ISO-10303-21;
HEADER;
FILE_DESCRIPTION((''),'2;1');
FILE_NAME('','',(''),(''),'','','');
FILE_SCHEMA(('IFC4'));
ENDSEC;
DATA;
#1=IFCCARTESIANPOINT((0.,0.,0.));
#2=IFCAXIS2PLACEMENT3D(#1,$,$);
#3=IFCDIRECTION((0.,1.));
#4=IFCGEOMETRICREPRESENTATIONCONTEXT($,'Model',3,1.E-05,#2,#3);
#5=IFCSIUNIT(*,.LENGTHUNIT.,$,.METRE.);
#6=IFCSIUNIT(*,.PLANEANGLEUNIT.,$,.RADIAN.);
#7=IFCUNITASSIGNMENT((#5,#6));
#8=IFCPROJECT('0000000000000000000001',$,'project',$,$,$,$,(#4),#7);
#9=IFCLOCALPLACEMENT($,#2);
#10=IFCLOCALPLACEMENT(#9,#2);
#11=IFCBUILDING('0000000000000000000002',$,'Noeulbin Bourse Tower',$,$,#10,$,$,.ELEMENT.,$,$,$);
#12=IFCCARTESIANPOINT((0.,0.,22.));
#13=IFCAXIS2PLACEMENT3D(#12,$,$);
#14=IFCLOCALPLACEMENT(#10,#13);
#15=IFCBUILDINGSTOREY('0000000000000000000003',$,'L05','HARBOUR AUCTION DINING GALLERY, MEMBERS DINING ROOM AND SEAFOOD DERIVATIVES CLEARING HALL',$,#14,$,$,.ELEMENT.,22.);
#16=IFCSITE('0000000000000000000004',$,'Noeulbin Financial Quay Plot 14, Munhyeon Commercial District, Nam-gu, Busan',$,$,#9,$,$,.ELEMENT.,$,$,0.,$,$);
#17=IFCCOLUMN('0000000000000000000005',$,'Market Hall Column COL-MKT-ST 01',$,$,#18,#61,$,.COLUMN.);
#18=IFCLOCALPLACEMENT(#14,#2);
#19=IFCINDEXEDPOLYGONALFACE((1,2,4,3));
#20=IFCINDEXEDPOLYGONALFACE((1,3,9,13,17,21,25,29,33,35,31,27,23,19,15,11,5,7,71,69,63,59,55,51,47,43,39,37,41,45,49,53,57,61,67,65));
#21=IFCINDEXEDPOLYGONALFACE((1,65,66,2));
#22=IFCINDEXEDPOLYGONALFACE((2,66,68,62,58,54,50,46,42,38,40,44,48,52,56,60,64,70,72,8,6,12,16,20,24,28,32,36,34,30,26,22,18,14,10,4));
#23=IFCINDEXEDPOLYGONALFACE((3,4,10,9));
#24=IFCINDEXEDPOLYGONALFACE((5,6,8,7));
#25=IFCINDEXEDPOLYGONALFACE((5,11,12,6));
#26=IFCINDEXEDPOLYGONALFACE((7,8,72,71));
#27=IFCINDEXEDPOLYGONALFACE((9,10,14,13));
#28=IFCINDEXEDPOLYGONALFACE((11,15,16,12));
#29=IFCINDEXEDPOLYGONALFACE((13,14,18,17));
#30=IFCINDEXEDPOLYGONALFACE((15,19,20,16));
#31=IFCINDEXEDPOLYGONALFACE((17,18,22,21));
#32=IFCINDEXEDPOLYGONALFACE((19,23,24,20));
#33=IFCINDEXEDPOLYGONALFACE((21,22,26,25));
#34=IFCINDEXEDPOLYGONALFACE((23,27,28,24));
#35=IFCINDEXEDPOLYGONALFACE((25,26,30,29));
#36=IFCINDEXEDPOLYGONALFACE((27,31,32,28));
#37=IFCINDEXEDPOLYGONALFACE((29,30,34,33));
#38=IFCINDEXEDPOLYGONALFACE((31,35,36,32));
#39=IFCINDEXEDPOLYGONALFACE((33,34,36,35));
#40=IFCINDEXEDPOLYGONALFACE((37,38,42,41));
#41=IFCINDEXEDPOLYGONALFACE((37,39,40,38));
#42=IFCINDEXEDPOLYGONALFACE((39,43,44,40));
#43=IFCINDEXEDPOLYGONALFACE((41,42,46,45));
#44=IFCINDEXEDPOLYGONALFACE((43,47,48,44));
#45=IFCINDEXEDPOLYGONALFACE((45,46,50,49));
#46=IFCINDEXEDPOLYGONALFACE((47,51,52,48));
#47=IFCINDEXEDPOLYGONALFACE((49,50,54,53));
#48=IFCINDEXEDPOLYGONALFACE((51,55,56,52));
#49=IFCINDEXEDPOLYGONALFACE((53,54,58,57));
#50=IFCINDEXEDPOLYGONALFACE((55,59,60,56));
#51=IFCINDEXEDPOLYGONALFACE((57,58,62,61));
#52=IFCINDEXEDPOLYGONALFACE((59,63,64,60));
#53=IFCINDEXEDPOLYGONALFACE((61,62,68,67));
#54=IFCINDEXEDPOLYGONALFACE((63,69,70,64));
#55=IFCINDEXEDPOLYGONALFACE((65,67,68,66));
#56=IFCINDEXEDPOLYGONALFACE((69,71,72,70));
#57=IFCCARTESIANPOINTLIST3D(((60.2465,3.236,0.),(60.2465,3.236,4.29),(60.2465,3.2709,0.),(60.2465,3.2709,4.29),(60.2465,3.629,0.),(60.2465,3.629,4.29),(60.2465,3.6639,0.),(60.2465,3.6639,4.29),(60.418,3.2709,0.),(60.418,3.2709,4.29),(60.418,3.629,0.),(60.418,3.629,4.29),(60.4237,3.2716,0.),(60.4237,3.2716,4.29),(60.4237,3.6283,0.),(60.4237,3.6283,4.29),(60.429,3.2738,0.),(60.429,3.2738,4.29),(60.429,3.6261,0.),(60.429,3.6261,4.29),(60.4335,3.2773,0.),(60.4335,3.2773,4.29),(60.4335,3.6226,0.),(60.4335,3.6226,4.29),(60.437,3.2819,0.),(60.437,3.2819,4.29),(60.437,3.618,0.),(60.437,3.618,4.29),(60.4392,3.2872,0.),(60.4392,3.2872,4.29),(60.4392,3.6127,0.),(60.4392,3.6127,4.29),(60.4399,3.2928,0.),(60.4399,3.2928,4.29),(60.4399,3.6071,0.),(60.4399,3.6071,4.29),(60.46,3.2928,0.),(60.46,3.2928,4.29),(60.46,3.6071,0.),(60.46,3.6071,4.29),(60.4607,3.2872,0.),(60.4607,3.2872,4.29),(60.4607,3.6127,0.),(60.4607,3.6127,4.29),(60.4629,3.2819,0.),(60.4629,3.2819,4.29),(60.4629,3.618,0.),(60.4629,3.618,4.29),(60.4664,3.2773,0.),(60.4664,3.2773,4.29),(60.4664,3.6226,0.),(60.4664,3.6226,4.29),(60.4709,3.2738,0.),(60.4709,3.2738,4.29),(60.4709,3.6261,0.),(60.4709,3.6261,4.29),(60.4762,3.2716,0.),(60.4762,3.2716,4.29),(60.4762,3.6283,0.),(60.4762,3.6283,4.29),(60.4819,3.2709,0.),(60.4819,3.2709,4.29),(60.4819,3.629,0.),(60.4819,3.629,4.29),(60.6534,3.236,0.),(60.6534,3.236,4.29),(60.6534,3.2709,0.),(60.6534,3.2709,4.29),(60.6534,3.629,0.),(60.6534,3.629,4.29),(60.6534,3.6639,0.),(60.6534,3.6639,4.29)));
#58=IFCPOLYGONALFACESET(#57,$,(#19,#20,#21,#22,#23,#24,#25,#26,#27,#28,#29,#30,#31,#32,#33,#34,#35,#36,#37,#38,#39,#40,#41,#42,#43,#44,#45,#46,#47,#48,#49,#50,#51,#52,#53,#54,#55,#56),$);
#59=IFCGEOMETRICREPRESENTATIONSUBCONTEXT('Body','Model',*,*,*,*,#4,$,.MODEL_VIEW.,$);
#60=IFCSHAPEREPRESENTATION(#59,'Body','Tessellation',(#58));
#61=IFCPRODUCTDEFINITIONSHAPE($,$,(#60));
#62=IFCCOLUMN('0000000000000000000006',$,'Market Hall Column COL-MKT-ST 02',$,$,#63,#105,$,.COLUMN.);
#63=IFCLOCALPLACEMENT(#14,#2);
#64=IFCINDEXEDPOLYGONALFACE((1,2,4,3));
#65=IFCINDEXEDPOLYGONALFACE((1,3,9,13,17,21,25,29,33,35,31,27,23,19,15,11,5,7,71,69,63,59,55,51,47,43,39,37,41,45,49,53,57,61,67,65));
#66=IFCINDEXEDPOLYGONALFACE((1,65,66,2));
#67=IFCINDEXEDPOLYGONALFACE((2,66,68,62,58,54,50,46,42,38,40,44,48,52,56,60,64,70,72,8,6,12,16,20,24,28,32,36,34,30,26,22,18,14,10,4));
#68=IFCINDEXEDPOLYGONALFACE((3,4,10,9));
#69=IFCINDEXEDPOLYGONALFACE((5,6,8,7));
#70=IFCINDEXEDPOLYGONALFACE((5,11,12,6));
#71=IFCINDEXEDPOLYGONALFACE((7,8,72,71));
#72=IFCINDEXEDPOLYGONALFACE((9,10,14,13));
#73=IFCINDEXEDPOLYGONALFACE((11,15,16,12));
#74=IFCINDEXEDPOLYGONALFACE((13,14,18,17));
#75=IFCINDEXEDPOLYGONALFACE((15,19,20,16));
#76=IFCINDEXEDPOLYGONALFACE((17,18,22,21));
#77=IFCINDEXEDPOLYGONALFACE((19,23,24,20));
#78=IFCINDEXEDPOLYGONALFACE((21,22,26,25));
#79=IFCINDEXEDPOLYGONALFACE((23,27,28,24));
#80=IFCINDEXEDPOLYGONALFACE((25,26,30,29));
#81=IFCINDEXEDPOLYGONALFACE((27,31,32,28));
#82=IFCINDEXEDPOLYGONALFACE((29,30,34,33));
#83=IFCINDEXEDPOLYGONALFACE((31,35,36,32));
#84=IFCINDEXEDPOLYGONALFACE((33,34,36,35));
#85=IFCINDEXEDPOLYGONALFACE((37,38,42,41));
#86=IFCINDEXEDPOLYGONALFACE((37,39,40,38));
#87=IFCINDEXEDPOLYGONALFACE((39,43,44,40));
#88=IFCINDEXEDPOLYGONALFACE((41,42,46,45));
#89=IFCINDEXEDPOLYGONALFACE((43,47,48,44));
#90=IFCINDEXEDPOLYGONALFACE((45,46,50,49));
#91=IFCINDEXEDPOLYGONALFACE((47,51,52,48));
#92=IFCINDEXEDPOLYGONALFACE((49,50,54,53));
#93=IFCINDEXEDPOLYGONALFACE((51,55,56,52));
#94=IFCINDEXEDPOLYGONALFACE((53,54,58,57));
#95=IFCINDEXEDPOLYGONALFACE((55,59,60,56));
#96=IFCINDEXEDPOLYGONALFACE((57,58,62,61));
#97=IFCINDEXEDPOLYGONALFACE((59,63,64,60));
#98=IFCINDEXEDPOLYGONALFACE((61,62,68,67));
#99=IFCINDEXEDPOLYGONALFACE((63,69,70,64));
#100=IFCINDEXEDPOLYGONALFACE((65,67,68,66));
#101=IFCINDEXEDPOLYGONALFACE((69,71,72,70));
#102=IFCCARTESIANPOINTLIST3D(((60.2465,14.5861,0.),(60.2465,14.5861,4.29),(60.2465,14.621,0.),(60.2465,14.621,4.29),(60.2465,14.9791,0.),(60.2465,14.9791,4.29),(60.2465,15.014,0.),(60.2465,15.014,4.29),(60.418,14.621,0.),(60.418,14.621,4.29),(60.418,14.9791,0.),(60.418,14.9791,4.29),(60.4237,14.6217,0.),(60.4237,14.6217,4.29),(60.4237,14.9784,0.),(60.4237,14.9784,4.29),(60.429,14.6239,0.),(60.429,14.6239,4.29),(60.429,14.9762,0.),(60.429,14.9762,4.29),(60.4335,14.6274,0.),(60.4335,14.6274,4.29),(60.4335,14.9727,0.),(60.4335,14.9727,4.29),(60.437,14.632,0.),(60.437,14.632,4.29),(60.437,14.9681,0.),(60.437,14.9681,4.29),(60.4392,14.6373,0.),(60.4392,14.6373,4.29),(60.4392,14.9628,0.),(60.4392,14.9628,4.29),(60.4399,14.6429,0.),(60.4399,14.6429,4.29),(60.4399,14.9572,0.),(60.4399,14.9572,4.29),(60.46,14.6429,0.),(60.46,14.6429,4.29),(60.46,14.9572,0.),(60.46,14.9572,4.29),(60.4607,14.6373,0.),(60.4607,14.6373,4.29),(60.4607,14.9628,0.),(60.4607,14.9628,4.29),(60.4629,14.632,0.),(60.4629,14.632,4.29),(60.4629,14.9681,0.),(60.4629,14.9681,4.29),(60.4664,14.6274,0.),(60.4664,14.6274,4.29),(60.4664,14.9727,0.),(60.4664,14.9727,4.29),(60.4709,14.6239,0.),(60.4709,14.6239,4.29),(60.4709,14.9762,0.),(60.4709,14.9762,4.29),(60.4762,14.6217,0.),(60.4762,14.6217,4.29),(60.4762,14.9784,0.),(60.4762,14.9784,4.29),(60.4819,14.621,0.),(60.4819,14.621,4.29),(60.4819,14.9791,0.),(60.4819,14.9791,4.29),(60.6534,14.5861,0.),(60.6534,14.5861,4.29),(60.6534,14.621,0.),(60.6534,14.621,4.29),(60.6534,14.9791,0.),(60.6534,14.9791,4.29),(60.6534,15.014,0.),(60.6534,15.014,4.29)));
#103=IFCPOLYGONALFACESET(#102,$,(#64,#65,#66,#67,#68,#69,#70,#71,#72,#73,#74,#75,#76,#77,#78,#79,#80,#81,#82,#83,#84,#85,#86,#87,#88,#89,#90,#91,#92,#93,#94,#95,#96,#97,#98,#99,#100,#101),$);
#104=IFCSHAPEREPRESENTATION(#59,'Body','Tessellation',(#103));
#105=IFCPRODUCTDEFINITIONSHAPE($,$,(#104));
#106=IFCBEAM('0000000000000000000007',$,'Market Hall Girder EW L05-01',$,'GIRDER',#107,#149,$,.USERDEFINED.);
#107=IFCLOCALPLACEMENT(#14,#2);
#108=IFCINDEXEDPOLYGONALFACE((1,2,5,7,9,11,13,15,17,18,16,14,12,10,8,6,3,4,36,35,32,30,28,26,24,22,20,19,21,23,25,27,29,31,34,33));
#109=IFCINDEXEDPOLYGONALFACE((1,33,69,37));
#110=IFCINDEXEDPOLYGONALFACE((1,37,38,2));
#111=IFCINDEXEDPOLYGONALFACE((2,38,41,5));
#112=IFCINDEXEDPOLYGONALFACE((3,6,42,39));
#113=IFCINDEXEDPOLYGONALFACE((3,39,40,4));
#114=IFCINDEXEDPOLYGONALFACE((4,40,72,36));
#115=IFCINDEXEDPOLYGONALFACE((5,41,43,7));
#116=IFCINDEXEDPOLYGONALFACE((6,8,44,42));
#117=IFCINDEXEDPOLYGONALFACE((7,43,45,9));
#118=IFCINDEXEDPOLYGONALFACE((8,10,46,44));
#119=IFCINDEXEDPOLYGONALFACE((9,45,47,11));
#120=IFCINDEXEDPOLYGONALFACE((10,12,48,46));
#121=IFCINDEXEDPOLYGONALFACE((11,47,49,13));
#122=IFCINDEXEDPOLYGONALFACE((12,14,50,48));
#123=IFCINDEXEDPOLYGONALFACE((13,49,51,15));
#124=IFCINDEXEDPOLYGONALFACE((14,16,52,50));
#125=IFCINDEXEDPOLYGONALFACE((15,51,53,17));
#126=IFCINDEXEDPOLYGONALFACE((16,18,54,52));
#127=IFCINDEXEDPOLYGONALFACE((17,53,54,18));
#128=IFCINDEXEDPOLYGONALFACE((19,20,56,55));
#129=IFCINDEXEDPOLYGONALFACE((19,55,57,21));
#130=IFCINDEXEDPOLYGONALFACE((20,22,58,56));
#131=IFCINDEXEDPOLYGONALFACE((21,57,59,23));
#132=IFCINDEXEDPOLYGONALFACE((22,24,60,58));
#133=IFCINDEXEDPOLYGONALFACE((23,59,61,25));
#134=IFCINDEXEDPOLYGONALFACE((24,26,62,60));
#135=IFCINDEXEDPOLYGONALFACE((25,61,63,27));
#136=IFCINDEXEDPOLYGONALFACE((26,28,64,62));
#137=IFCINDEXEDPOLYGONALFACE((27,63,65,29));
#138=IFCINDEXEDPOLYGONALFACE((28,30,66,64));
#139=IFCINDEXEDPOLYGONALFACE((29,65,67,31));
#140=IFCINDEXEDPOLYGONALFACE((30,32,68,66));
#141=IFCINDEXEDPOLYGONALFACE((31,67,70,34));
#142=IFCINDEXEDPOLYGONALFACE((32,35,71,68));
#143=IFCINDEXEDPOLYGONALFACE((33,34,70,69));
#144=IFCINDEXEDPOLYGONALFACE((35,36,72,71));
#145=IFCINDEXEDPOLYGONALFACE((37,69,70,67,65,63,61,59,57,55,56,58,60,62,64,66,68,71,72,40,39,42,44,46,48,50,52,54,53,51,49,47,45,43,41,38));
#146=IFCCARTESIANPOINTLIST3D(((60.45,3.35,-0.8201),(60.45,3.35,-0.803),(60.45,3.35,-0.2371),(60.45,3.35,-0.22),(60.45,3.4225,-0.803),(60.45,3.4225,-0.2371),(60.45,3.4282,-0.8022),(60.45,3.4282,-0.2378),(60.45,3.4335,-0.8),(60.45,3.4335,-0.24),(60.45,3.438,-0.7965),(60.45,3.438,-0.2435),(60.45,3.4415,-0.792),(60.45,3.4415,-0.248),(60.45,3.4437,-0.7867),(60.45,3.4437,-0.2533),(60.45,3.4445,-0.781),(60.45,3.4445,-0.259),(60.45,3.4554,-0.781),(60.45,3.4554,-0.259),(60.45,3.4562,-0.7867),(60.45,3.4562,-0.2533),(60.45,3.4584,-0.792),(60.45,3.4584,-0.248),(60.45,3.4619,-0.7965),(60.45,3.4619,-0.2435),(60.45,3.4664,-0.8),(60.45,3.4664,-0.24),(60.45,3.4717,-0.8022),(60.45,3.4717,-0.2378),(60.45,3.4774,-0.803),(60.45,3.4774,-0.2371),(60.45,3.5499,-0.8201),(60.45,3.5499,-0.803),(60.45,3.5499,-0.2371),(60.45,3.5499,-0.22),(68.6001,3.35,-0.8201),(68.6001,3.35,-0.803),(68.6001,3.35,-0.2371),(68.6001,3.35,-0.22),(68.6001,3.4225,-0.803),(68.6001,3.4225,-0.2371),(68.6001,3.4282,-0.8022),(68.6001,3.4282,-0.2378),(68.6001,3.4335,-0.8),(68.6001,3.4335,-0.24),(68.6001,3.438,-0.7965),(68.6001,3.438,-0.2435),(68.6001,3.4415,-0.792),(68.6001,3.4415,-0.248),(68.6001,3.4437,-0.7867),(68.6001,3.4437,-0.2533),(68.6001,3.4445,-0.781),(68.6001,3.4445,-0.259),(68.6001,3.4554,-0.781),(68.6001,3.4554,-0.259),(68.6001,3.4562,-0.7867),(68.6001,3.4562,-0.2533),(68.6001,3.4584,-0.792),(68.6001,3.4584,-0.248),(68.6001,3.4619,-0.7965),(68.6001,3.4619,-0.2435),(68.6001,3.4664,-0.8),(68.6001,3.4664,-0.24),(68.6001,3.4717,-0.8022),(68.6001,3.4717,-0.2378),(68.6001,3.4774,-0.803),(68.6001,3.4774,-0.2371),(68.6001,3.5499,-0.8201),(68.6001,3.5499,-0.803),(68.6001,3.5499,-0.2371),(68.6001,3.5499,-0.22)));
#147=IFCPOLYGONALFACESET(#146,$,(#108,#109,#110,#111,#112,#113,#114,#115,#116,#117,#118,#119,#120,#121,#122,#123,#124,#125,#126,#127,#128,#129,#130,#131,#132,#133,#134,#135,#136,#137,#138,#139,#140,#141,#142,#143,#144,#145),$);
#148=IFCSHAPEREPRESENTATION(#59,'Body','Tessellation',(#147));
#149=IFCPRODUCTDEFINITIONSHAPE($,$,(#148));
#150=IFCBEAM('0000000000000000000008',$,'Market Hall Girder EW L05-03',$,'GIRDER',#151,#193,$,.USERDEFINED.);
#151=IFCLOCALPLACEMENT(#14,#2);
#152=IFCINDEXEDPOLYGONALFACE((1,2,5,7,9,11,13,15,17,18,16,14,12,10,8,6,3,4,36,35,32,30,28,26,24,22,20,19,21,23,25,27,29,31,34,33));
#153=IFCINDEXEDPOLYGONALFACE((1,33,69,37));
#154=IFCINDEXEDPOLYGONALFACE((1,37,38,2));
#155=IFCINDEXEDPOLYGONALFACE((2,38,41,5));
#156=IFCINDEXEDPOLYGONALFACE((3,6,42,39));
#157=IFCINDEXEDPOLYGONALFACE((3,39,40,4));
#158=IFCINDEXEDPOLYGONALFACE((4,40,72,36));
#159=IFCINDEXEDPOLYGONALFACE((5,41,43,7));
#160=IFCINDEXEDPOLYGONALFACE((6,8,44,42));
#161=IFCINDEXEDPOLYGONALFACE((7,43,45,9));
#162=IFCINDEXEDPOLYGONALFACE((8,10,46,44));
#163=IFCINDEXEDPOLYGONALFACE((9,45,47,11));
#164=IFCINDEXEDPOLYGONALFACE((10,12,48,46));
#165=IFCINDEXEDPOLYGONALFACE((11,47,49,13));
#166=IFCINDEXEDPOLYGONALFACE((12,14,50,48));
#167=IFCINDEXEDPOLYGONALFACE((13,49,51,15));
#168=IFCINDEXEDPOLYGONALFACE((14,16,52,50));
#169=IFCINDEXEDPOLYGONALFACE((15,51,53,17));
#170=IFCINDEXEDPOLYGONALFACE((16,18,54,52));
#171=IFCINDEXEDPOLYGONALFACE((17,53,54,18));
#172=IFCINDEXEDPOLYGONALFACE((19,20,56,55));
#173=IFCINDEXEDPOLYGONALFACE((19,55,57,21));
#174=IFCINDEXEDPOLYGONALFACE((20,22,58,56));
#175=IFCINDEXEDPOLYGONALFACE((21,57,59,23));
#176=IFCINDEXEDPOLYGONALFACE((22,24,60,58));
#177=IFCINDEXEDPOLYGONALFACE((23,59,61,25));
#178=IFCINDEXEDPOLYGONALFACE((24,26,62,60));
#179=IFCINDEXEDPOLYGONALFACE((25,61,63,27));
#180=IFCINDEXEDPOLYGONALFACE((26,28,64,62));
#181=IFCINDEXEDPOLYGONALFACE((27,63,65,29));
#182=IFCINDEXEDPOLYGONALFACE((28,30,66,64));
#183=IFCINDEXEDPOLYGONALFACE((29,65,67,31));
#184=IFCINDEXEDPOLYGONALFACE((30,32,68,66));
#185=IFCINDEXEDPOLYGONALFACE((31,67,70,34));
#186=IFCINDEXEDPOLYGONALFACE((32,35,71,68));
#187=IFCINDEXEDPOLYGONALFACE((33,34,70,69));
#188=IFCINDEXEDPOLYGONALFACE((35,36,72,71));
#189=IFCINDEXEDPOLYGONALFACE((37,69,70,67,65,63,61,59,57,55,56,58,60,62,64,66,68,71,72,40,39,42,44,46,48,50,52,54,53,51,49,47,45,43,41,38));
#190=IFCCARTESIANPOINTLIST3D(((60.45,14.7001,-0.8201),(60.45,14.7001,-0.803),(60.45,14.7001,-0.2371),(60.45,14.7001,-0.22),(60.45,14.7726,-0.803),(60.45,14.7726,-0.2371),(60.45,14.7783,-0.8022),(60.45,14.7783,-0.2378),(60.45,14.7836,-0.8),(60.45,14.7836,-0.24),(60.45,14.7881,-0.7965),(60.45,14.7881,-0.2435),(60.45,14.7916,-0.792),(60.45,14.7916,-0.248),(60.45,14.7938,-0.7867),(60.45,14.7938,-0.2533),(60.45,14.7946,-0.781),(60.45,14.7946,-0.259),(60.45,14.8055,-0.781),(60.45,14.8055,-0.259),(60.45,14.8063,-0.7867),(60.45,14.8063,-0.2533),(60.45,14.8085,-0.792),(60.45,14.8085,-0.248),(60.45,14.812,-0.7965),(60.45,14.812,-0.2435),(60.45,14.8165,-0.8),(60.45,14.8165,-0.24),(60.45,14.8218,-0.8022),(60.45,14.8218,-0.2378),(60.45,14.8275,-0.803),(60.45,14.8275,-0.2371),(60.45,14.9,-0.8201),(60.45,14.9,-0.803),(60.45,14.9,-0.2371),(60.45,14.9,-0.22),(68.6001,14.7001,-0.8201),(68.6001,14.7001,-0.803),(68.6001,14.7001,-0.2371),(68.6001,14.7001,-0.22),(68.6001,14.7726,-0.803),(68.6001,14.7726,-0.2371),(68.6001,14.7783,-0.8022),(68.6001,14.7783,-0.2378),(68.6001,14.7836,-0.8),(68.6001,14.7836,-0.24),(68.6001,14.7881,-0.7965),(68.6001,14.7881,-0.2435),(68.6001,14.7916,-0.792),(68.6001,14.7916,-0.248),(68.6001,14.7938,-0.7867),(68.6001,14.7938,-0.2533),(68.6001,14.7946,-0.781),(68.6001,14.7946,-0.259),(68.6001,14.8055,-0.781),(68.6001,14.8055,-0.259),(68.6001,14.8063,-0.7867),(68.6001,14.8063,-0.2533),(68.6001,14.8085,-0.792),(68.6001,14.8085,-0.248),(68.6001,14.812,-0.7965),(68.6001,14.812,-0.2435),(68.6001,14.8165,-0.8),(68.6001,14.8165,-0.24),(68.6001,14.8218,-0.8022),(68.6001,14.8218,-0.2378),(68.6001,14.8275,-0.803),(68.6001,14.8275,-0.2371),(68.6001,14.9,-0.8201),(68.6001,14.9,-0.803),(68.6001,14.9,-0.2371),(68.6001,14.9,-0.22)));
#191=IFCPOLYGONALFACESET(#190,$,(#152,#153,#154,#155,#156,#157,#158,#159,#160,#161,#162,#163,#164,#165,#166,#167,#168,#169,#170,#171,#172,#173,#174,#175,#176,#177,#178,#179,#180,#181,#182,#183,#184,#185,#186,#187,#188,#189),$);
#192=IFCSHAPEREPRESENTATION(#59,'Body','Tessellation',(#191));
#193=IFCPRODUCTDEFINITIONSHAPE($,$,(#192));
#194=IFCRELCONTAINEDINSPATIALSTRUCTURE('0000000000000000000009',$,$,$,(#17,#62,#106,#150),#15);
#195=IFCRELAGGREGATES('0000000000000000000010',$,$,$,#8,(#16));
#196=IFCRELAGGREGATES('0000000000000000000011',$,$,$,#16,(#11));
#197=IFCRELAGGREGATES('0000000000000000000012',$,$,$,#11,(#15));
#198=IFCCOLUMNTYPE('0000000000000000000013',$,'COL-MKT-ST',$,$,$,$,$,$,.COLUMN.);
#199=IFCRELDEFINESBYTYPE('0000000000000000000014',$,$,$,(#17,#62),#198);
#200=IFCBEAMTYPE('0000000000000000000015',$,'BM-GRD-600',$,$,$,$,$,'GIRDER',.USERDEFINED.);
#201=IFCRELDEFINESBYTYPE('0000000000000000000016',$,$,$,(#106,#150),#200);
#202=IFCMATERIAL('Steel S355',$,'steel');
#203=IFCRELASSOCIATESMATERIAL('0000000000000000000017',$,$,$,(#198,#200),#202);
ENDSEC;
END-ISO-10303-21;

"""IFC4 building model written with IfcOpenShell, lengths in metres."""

from ifc_helpers import new_model, si_unit, direction, frame, origin, origin_2d, place, context, subcontext, project, spatial, i_section, extrude, material, material_profile, profile_set, type_object, element, save


model = new_model("IFC4")

# Units and contexts
model_context = context("Model", 3, precision=1e-05, world=origin(), true_north=direction((0.0, 1.0)))
body_context = subcontext(model_context, "Body", "Model", "MODEL_VIEW")
ifc_project = project(units=[si_unit("LENGTHUNIT", "METRE"), si_unit("PLANEANGLEUNIT", "RADIAN")], contexts=[model_context])

# Site, building, storey
site_placement = place(None, origin())
site = spatial("IfcSite", under=ifc_project, at=site_placement, Name="Noeulbin Financial Quay Plot 14, Munhyeon Commercial District, Nam-gu, Busan", CompositionType="ELEMENT", RefElevation=0.0)
building_placement = place(site_placement, origin())
building = spatial("IfcBuilding", under=site, at=building_placement, Name="Noeulbin Bourse Tower", CompositionType="ELEMENT")
storey_placement = place(building_placement, frame((0.0, 0.0, 22.0)))
storey = spatial("IfcBuildingStorey", under=building, at=storey_placement, Name="L05", Description="HARBOUR AUCTION DINING GALLERY, MEMBERS DINING ROOM AND SEAFOOD DERIVATIVES CLEARING HALL", CompositionType="ELEMENT", Elevation=22.0)

# Columns
ifc_material_1 = material(Name="Steel S355", Category="steel")
ifc_material_profile_1 = material_profile(ifc_material_1, i_section(OverallWidth=0.407, OverallDepth=0.428, WebThickness=0.02, FlangeThickness=0.0349, FilletRadius=0.022, at=origin_2d()), Name="H-428x407x20x35", Category="LoadBearing")
ifc_profile_set_1 = profile_set([ifc_material_profile_1], Name="Steel S355")
column_type = type_object("IfcColumnType", Name="COL-MKT-ST", PredefinedType="COLUMN", material=ifc_profile_set_1)
for number, where, z_axis, x_axis, name in (
    (1, (60.45, 3.45, 0.0), (0.0, 0.0, 1.0), (1.0, 0.0, 0.0), "Market Hall Column COL-MKT-ST 01"),
    (2, (60.45, 14.8, 0.0), (0.0, 0.0, 1.0), (1.0, 0.0, 0.0), "Market Hall Column COL-MKT-ST 02"),
):
    element("IfcColumn", number, at=place(storey_placement, frame(where, z_axis=z_axis, x_axis=x_axis)), inside=storey, type_object=column_type, Name=name, PredefinedType="COLUMN", context=body_context, shape_type="SweptSolid", body=[
        extrude(i_section(OverallWidth=0.407, OverallDepth=0.428, WebThickness=0.02, FlangeThickness=0.0349, FilletRadius=0.022, at=origin_2d()), origin(), (0.0, 0.0, 1.0), 4.29),
    ])

# Beams
ifc_material_profile_2 = material_profile(ifc_material_1, i_section(OverallWidth=0.2, OverallDepth=0.6001, WebThickness=0.011, FlangeThickness=0.0171, FilletRadius=0.022, at=origin_2d()), Name="H-600x200x11x17", Category="LoadBearing")
ifc_profile_set_2 = profile_set([ifc_material_profile_2], Name="Steel S355")
beam_type_1 = type_object("IfcBeamType", Name="BM-GRD-600", ElementType="GIRDER", PredefinedType="USERDEFINED", material=ifc_profile_set_2)
for number, where, z_axis, x_axis, name in (
    (3, (60.45, 3.45, -0.52), (1.0, 0.0, 0.0), (0.0, 1.0, 0.0), "Market Hall Girder EW L05-01"),
    (4, (60.45, 14.8, -0.52), (1.0, 0.0, 0.0), (0.0, 1.0, 0.0), "Market Hall Girder EW L05-03"),
):
    element("IfcBeam", number, at=place(storey_placement, frame(where, z_axis=z_axis, x_axis=x_axis)), inside=storey, type_object=beam_type_1, Name=name, ObjectType="GIRDER", PredefinedType="USERDEFINED", context=body_context, shape_type="SweptSolid", body=[
        extrude(i_section(OverallWidth=0.2, OverallDepth=0.6001, WebThickness=0.011, FlangeThickness=0.0171, FilletRadius=0.022, at=origin_2d()), origin(), (0.0, 0.0, 1.0), 8.1501),
    ])

save(model, "model.ifc")
